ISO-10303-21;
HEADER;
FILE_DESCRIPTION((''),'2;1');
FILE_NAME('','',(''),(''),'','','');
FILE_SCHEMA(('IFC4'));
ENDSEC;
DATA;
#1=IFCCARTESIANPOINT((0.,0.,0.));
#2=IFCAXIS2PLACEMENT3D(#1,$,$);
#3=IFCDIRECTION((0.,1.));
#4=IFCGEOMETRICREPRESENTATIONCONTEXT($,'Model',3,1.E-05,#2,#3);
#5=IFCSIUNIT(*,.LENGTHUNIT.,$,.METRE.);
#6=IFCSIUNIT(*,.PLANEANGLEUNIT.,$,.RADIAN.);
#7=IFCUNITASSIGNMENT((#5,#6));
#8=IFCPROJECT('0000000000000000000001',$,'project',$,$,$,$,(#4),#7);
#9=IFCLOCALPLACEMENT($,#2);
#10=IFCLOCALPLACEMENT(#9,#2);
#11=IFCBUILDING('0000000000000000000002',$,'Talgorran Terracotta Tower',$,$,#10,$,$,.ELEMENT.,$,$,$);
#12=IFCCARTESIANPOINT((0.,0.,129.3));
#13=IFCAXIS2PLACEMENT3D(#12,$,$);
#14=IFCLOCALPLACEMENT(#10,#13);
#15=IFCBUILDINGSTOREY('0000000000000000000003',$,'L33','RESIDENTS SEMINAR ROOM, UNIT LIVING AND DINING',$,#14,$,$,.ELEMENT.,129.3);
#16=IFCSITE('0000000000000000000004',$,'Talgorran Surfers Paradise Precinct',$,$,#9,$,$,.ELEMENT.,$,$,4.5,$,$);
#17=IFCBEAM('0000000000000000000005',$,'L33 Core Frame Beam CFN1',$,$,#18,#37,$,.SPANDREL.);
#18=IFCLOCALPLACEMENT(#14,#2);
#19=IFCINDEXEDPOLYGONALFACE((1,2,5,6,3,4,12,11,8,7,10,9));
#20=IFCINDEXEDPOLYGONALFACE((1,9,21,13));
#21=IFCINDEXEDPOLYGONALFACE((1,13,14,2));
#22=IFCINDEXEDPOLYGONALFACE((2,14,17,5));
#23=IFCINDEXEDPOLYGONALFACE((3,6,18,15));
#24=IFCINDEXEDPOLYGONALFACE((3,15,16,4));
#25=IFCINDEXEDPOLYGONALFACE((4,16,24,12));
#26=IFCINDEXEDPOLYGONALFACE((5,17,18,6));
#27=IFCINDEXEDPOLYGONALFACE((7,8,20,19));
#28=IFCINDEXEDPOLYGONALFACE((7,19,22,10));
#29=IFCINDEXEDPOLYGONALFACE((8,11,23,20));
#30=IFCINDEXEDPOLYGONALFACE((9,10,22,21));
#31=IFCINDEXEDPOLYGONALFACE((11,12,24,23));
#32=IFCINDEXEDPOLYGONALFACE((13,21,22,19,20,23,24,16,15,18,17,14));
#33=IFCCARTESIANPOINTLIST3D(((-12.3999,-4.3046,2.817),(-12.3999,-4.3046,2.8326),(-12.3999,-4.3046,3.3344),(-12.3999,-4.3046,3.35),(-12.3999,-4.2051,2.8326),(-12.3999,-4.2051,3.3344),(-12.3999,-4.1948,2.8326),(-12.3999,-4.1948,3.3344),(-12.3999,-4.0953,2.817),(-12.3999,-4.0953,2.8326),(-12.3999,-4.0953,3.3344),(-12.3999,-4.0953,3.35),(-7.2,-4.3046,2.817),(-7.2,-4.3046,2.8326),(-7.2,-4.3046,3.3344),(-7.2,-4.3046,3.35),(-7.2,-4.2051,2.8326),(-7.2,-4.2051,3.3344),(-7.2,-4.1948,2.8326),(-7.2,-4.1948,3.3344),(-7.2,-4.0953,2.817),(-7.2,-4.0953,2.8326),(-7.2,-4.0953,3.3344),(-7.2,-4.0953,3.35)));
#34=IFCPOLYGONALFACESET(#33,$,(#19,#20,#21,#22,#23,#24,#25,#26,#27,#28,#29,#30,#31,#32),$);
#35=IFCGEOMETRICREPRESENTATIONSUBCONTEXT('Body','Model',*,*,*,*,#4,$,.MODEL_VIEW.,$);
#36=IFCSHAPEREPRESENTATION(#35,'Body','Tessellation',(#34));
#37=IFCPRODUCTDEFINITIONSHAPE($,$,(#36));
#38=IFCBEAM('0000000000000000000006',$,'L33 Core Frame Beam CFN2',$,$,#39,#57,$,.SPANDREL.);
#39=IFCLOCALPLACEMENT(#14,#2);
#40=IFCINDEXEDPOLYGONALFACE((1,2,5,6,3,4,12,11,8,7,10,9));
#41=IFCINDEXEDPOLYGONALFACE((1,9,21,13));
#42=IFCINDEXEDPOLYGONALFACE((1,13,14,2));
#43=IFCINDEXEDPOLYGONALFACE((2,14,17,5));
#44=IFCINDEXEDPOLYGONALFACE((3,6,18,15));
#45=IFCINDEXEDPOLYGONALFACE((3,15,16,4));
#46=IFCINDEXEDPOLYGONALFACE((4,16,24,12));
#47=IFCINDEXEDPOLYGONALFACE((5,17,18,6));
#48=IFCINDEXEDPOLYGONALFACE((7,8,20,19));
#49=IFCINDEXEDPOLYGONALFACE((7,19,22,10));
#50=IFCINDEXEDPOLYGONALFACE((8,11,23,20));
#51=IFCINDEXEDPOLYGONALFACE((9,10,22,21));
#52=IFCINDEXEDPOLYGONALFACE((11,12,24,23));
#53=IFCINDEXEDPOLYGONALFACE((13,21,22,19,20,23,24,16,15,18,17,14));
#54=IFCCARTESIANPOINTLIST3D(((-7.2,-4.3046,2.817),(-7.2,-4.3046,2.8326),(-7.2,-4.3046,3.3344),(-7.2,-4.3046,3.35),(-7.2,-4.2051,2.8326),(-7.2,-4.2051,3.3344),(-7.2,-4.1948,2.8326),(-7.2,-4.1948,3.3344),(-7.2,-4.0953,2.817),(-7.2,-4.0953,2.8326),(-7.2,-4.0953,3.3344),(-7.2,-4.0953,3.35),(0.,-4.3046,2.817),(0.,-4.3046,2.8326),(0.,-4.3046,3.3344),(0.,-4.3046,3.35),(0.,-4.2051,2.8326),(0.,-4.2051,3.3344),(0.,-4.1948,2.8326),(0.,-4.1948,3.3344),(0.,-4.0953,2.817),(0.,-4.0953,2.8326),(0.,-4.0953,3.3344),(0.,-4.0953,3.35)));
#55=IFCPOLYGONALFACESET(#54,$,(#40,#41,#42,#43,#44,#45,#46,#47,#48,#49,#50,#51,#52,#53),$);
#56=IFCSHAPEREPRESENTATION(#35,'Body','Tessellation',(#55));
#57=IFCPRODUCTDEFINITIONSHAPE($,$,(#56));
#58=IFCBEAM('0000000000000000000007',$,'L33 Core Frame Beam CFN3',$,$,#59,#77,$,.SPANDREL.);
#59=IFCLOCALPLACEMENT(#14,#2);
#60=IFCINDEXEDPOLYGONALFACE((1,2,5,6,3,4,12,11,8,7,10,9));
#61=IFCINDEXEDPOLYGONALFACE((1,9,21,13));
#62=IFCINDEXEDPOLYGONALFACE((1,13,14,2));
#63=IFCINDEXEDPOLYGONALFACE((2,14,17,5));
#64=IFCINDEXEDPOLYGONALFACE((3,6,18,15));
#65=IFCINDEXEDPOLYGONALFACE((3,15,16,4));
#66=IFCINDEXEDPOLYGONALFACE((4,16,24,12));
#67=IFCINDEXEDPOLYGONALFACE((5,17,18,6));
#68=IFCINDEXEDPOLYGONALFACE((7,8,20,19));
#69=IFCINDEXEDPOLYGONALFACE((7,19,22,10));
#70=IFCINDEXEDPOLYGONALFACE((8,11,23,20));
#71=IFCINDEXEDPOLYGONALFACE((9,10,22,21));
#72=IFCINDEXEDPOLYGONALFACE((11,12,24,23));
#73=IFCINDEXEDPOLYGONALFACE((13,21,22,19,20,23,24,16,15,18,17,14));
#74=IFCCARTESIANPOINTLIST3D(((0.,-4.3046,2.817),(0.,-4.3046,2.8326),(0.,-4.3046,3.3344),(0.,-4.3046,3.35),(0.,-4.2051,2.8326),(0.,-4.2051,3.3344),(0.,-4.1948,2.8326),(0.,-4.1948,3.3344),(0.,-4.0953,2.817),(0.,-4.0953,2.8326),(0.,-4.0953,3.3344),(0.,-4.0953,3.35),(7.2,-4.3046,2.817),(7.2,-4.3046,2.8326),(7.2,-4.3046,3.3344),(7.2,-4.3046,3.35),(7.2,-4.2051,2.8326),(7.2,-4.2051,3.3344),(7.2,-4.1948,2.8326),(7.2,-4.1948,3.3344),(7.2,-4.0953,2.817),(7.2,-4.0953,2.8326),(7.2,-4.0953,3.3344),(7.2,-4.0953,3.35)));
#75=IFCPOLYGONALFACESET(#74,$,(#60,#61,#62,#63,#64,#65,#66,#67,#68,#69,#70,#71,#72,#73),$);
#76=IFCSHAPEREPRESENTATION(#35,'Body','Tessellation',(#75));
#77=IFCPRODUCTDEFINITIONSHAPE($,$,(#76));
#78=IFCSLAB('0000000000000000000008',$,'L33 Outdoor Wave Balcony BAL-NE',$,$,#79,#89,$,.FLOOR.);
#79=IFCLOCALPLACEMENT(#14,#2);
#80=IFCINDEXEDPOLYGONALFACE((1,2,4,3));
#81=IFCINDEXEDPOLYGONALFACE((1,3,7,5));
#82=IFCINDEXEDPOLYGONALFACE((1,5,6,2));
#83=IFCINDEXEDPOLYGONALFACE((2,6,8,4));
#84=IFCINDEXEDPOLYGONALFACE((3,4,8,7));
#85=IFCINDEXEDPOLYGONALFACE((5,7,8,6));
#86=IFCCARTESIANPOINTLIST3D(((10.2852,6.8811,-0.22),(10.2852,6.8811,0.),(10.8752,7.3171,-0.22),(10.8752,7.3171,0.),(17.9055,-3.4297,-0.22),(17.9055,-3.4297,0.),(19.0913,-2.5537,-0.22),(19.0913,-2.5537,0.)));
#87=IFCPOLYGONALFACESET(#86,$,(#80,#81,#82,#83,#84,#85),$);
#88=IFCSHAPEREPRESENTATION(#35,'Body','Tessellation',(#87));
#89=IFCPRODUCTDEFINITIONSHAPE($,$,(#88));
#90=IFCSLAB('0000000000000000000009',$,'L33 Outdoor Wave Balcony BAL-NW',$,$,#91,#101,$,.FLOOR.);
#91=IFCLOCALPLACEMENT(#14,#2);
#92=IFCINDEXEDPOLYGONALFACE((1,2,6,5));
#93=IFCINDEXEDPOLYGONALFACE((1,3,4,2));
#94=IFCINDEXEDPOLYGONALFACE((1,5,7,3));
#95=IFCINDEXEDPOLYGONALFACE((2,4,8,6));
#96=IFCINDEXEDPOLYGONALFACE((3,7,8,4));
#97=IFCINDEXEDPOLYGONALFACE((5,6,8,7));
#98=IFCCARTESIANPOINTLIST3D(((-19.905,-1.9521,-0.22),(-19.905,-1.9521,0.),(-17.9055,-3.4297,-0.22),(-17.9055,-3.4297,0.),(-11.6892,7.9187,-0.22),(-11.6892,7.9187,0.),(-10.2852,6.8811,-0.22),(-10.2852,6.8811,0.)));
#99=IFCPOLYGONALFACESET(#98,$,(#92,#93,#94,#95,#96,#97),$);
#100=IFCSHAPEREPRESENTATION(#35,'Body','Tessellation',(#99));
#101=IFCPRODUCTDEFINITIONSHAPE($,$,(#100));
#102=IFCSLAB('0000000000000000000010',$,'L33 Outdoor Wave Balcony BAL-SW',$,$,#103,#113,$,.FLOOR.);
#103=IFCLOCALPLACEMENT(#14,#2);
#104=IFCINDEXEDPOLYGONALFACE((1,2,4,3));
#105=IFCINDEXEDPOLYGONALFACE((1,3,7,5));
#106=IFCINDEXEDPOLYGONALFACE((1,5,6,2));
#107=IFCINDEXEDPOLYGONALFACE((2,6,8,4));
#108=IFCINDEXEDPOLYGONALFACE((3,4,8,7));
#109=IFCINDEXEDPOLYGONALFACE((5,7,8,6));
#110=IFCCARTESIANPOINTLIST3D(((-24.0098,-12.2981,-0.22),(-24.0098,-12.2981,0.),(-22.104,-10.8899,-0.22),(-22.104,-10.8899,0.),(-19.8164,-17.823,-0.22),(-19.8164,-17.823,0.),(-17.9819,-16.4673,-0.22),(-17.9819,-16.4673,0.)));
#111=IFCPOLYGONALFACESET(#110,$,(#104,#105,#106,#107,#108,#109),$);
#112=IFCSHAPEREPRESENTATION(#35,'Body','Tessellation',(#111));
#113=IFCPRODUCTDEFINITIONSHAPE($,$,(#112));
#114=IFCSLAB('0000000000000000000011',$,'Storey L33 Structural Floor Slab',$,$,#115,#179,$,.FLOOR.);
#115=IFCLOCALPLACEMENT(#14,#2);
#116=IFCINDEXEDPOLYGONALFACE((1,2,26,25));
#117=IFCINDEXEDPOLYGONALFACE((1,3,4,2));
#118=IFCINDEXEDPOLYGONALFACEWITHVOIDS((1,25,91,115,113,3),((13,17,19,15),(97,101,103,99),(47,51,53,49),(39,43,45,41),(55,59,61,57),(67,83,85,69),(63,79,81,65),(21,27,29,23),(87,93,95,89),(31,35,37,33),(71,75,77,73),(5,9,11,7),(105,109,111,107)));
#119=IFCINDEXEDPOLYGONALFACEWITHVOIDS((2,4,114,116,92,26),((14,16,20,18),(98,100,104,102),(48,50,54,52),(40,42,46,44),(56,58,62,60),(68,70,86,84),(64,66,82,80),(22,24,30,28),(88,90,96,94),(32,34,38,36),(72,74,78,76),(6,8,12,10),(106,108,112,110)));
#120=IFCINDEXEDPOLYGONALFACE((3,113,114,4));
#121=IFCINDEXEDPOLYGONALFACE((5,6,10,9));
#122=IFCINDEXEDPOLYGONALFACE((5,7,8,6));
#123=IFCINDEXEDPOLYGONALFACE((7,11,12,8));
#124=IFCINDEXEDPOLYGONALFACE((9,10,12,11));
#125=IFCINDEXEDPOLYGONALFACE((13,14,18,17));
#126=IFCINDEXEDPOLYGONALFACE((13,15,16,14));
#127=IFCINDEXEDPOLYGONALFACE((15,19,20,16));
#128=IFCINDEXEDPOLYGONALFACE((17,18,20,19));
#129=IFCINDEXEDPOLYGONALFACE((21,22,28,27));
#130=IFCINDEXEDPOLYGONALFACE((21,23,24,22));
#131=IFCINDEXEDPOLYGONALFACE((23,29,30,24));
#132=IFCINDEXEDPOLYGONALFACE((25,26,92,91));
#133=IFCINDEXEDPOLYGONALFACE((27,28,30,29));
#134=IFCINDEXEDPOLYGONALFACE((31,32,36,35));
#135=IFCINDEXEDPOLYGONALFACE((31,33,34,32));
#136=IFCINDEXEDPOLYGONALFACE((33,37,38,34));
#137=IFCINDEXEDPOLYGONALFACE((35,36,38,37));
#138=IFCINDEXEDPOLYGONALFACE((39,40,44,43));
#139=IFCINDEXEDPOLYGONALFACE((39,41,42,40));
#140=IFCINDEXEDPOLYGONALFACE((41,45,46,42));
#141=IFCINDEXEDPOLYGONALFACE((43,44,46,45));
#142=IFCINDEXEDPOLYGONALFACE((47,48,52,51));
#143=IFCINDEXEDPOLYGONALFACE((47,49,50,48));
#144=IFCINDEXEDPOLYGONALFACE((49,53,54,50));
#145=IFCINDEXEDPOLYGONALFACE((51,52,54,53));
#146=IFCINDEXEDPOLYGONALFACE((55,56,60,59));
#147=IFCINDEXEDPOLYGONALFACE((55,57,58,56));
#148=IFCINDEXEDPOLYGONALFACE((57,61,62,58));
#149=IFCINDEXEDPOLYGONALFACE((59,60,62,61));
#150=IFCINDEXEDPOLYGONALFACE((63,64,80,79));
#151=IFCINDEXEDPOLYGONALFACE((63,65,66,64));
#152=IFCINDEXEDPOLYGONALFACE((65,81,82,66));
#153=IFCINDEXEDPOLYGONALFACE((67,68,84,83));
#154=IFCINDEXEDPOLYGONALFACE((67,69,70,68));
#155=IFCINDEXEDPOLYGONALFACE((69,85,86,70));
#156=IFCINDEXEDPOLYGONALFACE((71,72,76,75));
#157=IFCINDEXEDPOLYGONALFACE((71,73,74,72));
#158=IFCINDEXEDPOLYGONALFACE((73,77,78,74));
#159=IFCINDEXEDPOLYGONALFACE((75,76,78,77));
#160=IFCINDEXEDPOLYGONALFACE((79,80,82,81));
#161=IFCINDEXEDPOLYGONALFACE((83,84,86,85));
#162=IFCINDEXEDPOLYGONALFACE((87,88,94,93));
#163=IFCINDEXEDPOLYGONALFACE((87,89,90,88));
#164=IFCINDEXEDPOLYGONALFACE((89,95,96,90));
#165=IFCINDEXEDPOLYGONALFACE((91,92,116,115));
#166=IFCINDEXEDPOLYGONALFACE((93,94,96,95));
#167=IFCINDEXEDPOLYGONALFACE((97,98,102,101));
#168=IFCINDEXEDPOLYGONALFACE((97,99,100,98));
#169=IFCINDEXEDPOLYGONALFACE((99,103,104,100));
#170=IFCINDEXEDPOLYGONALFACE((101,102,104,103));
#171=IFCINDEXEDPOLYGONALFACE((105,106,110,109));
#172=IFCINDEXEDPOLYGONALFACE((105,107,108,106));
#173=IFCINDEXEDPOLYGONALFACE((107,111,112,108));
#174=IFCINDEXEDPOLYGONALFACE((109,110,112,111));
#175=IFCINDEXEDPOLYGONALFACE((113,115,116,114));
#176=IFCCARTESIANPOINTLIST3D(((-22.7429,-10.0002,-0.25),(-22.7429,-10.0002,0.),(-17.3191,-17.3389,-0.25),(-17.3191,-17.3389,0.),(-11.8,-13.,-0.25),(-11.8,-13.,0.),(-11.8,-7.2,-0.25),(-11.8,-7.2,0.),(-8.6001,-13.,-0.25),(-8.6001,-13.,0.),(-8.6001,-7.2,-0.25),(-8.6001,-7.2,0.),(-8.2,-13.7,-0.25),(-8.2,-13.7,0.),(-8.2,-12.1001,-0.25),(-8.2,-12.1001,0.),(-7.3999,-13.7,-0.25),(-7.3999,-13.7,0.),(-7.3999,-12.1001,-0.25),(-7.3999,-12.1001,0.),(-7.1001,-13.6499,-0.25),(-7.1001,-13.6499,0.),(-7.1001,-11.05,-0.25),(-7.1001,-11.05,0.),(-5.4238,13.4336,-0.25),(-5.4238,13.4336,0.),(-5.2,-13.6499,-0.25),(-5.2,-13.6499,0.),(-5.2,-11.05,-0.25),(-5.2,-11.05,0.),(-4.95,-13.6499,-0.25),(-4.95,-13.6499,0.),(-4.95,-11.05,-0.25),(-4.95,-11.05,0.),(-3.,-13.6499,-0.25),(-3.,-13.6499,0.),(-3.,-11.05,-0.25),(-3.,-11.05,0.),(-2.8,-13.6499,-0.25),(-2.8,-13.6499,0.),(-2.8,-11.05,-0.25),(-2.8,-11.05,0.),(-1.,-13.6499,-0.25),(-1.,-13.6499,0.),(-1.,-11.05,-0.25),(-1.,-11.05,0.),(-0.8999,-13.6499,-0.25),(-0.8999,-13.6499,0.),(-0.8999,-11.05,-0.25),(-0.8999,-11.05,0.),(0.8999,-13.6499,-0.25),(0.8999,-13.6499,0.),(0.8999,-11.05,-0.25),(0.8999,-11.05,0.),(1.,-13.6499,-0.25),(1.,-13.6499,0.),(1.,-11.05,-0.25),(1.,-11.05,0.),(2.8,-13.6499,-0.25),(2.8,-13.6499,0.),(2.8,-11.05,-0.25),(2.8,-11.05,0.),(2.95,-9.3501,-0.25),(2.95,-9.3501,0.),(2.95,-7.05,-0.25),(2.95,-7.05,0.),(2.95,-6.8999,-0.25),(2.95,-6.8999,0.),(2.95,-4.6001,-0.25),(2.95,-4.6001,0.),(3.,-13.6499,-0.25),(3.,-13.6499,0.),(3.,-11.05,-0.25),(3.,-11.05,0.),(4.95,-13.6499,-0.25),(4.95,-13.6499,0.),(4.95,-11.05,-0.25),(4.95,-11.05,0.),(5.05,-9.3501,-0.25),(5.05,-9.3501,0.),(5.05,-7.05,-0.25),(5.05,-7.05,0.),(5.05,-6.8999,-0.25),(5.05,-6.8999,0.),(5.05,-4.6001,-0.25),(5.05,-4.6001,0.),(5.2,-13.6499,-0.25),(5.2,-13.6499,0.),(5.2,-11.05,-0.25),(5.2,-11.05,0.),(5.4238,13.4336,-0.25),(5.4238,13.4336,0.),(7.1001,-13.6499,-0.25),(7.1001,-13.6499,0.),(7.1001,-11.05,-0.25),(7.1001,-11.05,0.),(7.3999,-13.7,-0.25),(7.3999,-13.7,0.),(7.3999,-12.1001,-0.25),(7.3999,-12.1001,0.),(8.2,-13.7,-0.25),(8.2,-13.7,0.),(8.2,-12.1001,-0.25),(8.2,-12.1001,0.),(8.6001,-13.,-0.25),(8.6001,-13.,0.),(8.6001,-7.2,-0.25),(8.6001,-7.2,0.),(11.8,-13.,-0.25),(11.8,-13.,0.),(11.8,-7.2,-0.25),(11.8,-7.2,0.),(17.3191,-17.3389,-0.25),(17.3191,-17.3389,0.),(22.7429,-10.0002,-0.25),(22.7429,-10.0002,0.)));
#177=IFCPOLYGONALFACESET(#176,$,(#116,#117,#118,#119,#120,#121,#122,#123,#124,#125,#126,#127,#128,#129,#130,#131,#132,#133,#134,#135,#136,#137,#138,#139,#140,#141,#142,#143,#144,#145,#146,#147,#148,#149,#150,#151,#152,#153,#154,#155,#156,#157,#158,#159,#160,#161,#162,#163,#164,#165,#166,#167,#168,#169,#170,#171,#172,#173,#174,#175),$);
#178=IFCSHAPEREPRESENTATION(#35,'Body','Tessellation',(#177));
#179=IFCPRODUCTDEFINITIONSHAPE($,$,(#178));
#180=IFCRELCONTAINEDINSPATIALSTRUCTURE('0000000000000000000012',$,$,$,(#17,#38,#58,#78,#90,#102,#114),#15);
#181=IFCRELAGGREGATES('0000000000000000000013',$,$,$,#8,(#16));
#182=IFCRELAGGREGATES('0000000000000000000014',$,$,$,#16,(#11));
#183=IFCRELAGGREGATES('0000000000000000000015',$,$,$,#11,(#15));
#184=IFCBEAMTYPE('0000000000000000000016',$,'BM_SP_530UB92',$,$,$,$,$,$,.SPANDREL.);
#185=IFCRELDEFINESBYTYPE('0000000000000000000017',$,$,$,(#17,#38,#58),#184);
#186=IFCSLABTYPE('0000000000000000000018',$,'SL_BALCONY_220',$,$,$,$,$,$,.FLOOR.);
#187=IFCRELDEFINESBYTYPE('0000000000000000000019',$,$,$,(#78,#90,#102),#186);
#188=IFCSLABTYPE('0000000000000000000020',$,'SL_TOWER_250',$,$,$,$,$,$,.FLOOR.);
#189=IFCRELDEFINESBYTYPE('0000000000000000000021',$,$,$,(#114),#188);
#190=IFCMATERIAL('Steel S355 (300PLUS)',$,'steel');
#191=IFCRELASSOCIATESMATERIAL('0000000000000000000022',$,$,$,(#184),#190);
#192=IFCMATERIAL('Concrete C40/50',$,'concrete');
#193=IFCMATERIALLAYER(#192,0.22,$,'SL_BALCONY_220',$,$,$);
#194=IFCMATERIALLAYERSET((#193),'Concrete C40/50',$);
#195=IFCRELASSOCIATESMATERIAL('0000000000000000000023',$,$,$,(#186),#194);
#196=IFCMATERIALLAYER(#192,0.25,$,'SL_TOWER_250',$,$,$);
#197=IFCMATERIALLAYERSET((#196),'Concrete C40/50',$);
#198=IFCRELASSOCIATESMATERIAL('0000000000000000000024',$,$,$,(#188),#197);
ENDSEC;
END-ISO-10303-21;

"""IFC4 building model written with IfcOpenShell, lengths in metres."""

from ifc_helpers import new_model, si_unit, direction, frame, origin, origin_2d, place, context, subcontext, project, spatial, polyline, i_section, outline, extrude, material, layer, layer_set, material_profile, profile_set, type_object, element, save


model = new_model("IFC4")

# Units and contexts
model_context = context("Model", 3, precision=1e-05, world=origin(), true_north=direction((0.0, 1.0)))
body_context = subcontext(model_context, "Body", "Model", "MODEL_VIEW")
ifc_project = project(units=[si_unit("LENGTHUNIT", "METRE"), si_unit("PLANEANGLEUNIT", "RADIAN")], contexts=[model_context])

# Site, building, storey
site_placement = place(None, origin())
site = spatial("IfcSite", under=ifc_project, at=site_placement, Name="Talgorran Surfers Paradise Precinct", CompositionType="ELEMENT", RefElevation=4.5)
building_placement = place(site_placement, origin())
building = spatial("IfcBuilding", under=site, at=building_placement, Name="Talgorran Terracotta Tower", CompositionType="ELEMENT")
storey_placement = place(building_placement, frame((0.0, 0.0, 129.3)))
storey = spatial("IfcBuildingStorey", under=building, at=storey_placement, Name="L33", Description="RESIDENTS SEMINAR ROOM, UNIT LIVING AND DINING", CompositionType="ELEMENT", Elevation=129.3)

# Shared definitions
ifc_material_1 = material(Name="Steel S355 (300PLUS)", Category="steel")

# Beams
ifc_material_profile_1 = material_profile(ifc_material_1, i_section(OverallWidth=0.2092, OverallDepth=0.533, WebThickness=0.0103, FlangeThickness=0.0156, at=origin_2d()), Name="530UB92.4")
ifc_profile_set_1 = profile_set([ifc_material_profile_1], Name="Steel S355 (300PLUS)")
beam_type_1 = type_object("IfcBeamType", Name="BM_SP_530UB92", PredefinedType="SPANDREL", material=ifc_profile_set_1)
beam_1_placement = place(storey_placement, frame((-12.3999, -4.2, 3.0835), z_axis=(1.0, 0.0, 0.0), x_axis=(0.0, 1.0, 0.0)))
element("IfcBeam", 1, at=beam_1_placement, inside=storey, type_object=beam_type_1, Name="L33 Core Frame Beam CFN1", PredefinedType="SPANDREL", context=body_context, shape_type="SweptSolid", body=[
    extrude(i_section(OverallWidth=0.2092, OverallDepth=0.533, WebThickness=0.0103, FlangeThickness=0.0156, at=origin_2d()), origin(), (0.0, 0.0, 1.0), 5.2),
])
for number, where, z_axis, x_axis, name in (
    (2, (-7.2, -4.2, 3.0835), (1.0, 0.0, 0.0), (0.0, 1.0, 0.0), "L33 Core Frame Beam CFN2"),
    (3, (0.0, -4.2, 3.0835), (1.0, 0.0, 0.0), (0.0, 1.0, 0.0), "L33 Core Frame Beam CFN3"),
):
    element("IfcBeam", number, at=place(storey_placement, frame(where, z_axis=z_axis, x_axis=x_axis)), inside=storey, type_object=beam_type_1, Name=name, PredefinedType="SPANDREL", context=body_context, shape_type="SweptSolid", body=[
        extrude(i_section(OverallWidth=0.2092, OverallDepth=0.533, WebThickness=0.0103, FlangeThickness=0.0156, at=origin_2d()), origin(), (0.0, 0.0, 1.0), 7.2),
    ])

# Slabs
ifc_material_2 = material(Name="Concrete C40/50", Category="concrete")
ifc_layer_1 = layer(ifc_material_2, 0.22, Name="SL_BALCONY_220")
ifc_layer_set_1 = layer_set([ifc_layer_1], Name="Concrete C40/50")
slab_type_1 = type_object("IfcSlabType", Name="SL_BALCONY_220", PredefinedType="FLOOR", material=ifc_layer_set_1)
slab_1_placement = place(storey_placement, frame((0.0, 0.0, -0.22)))
element("IfcSlab", 4, at=slab_1_placement, inside=storey, type_object=slab_type_1, Name="L33 Outdoor Wave Balcony BAL-NE", PredefinedType="FLOOR", context=body_context, shape_type="SweptSolid", body=[
    extrude(outline(polyline([(10.2852, 6.8811), (17.9055, -3.4297), (19.0913, -2.5537), (10.8752, 7.3171), (10.2852, 6.8811)])), origin(), (0.0, 0.0, 1.0), 0.22),
])
slab_2_placement = place(storey_placement, frame((0.0, 0.0, -0.22)))
element("IfcSlab", 5, at=slab_2_placement, inside=storey, type_object=slab_type_1, Name="L33 Outdoor Wave Balcony BAL-NW", PredefinedType="FLOOR", context=body_context, shape_type="SweptSolid", body=[
    extrude(outline(polyline([(-17.9055, -3.4297), (-10.2852, 6.8811), (-11.6892, 7.9187), (-19.905, -1.9521), (-17.9055, -3.4297)])), origin(), (0.0, 0.0, 1.0), 0.22),
])
slab_3_placement = place(storey_placement, frame((0.0, 0.0, -0.22)))
element("IfcSlab", 6, at=slab_3_placement, inside=storey, type_object=slab_type_1, Name="L33 Outdoor Wave Balcony BAL-SW", PredefinedType="FLOOR", context=body_context, shape_type="SweptSolid", body=[
    extrude(outline(polyline([(-17.9819, -16.4673), (-22.104, -10.8899), (-24.0098, -12.2981), (-19.8164, -17.823), (-17.9819, -16.4673)])), origin(), (0.0, 0.0, 1.0), 0.22),
])
ifc_layer_2 = layer(ifc_material_2, 0.25, Name="SL_TOWER_250")
ifc_layer_set_2 = layer_set([ifc_layer_2], Name="Concrete C40/50")
slab_type_2 = type_object("IfcSlabType", Name="SL_TOWER_250", PredefinedType="FLOOR", material=ifc_layer_set_2)
slab_4_placement = place(storey_placement, frame((0.0, 0.0, -0.25)))
element("IfcSlab", 7, at=slab_4_placement, inside=storey, type_object=slab_type_2, Name="Storey L33 Structural Floor Slab", PredefinedType="FLOOR", context=body_context, shape_type="SweptSolid", body=[
    extrude(outline(polyline([(-22.7429, -10.0002), (-17.3191, -17.3389), (17.3191, -17.3389), (22.7429, -10.0002), (5.4238, 13.4336), (-5.4238, 13.4336), (-22.7429, -10.0002)]), holes=[polyline([(-11.8, -7.2), (-11.8, -13.0), (-8.6001, -13.0), (-8.6001, -7.2), (-11.8, -7.2)]), polyline([(8.6001, -7.2), (8.6001, -13.0), (11.8, -13.0), (11.8, -7.2), (8.6001, -7.2)]), polyline([(-7.1001, -13.6499), (-5.2, -13.6499), (-5.2, -11.05), (-7.1001, -11.05), (-7.1001, -13.6499)]), polyline([(5.2, -13.6499), (7.1001, -13.6499), (7.1001, -11.05), (5.2, -11.05), (5.2, -13.6499)]), polyline([(3.0, -13.6499), (4.95, -13.6499), (4.95, -11.05), (3.0, -11.05), (3.0, -13.6499)]), polyline([(-4.95, -13.6499), (-3.0, -13.6499), (-3.0, -11.05), (-4.95, -11.05), (-4.95, -13.6499)]), polyline([(2.95, -9.3501), (5.05, -9.3501), (5.05, -7.05), (2.95, -7.05), (2.95, -9.3501)]), polyline([(2.95, -6.8999), (5.05, -6.8999), (5.05, -4.6001), (2.95, -4.6001), (2.95, -6.8999)]), polyline([(-2.8, -13.6499), (-1.0, -13.6499), (-1.0, -11.05), (-2.8, -11.05), (-2.8, -13.6499)]), polyline([(-0.8999, -13.6499), (0.8999, -13.6499), (0.8999, -11.05), (-0.8999, -11.05), (-0.8999, -13.6499)]), polyline([(1.0, -13.6499), (2.8, -13.6499), (2.8, -11.05), (1.0, -11.05), (1.0, -13.6499)]), polyline([(-8.2, -13.7), (-7.3999, -13.7), (-7.3999, -12.1001), (-8.2, -12.1001), (-8.2, -13.7)]), polyline([(7.3999, -13.7), (8.2, -13.7), (8.2, -12.1001), (7.3999, -12.1001), (7.3999, -13.7)])]), origin(), (0.0, 0.0, 1.0), 0.25),
])

save(model, "model.ifc")
